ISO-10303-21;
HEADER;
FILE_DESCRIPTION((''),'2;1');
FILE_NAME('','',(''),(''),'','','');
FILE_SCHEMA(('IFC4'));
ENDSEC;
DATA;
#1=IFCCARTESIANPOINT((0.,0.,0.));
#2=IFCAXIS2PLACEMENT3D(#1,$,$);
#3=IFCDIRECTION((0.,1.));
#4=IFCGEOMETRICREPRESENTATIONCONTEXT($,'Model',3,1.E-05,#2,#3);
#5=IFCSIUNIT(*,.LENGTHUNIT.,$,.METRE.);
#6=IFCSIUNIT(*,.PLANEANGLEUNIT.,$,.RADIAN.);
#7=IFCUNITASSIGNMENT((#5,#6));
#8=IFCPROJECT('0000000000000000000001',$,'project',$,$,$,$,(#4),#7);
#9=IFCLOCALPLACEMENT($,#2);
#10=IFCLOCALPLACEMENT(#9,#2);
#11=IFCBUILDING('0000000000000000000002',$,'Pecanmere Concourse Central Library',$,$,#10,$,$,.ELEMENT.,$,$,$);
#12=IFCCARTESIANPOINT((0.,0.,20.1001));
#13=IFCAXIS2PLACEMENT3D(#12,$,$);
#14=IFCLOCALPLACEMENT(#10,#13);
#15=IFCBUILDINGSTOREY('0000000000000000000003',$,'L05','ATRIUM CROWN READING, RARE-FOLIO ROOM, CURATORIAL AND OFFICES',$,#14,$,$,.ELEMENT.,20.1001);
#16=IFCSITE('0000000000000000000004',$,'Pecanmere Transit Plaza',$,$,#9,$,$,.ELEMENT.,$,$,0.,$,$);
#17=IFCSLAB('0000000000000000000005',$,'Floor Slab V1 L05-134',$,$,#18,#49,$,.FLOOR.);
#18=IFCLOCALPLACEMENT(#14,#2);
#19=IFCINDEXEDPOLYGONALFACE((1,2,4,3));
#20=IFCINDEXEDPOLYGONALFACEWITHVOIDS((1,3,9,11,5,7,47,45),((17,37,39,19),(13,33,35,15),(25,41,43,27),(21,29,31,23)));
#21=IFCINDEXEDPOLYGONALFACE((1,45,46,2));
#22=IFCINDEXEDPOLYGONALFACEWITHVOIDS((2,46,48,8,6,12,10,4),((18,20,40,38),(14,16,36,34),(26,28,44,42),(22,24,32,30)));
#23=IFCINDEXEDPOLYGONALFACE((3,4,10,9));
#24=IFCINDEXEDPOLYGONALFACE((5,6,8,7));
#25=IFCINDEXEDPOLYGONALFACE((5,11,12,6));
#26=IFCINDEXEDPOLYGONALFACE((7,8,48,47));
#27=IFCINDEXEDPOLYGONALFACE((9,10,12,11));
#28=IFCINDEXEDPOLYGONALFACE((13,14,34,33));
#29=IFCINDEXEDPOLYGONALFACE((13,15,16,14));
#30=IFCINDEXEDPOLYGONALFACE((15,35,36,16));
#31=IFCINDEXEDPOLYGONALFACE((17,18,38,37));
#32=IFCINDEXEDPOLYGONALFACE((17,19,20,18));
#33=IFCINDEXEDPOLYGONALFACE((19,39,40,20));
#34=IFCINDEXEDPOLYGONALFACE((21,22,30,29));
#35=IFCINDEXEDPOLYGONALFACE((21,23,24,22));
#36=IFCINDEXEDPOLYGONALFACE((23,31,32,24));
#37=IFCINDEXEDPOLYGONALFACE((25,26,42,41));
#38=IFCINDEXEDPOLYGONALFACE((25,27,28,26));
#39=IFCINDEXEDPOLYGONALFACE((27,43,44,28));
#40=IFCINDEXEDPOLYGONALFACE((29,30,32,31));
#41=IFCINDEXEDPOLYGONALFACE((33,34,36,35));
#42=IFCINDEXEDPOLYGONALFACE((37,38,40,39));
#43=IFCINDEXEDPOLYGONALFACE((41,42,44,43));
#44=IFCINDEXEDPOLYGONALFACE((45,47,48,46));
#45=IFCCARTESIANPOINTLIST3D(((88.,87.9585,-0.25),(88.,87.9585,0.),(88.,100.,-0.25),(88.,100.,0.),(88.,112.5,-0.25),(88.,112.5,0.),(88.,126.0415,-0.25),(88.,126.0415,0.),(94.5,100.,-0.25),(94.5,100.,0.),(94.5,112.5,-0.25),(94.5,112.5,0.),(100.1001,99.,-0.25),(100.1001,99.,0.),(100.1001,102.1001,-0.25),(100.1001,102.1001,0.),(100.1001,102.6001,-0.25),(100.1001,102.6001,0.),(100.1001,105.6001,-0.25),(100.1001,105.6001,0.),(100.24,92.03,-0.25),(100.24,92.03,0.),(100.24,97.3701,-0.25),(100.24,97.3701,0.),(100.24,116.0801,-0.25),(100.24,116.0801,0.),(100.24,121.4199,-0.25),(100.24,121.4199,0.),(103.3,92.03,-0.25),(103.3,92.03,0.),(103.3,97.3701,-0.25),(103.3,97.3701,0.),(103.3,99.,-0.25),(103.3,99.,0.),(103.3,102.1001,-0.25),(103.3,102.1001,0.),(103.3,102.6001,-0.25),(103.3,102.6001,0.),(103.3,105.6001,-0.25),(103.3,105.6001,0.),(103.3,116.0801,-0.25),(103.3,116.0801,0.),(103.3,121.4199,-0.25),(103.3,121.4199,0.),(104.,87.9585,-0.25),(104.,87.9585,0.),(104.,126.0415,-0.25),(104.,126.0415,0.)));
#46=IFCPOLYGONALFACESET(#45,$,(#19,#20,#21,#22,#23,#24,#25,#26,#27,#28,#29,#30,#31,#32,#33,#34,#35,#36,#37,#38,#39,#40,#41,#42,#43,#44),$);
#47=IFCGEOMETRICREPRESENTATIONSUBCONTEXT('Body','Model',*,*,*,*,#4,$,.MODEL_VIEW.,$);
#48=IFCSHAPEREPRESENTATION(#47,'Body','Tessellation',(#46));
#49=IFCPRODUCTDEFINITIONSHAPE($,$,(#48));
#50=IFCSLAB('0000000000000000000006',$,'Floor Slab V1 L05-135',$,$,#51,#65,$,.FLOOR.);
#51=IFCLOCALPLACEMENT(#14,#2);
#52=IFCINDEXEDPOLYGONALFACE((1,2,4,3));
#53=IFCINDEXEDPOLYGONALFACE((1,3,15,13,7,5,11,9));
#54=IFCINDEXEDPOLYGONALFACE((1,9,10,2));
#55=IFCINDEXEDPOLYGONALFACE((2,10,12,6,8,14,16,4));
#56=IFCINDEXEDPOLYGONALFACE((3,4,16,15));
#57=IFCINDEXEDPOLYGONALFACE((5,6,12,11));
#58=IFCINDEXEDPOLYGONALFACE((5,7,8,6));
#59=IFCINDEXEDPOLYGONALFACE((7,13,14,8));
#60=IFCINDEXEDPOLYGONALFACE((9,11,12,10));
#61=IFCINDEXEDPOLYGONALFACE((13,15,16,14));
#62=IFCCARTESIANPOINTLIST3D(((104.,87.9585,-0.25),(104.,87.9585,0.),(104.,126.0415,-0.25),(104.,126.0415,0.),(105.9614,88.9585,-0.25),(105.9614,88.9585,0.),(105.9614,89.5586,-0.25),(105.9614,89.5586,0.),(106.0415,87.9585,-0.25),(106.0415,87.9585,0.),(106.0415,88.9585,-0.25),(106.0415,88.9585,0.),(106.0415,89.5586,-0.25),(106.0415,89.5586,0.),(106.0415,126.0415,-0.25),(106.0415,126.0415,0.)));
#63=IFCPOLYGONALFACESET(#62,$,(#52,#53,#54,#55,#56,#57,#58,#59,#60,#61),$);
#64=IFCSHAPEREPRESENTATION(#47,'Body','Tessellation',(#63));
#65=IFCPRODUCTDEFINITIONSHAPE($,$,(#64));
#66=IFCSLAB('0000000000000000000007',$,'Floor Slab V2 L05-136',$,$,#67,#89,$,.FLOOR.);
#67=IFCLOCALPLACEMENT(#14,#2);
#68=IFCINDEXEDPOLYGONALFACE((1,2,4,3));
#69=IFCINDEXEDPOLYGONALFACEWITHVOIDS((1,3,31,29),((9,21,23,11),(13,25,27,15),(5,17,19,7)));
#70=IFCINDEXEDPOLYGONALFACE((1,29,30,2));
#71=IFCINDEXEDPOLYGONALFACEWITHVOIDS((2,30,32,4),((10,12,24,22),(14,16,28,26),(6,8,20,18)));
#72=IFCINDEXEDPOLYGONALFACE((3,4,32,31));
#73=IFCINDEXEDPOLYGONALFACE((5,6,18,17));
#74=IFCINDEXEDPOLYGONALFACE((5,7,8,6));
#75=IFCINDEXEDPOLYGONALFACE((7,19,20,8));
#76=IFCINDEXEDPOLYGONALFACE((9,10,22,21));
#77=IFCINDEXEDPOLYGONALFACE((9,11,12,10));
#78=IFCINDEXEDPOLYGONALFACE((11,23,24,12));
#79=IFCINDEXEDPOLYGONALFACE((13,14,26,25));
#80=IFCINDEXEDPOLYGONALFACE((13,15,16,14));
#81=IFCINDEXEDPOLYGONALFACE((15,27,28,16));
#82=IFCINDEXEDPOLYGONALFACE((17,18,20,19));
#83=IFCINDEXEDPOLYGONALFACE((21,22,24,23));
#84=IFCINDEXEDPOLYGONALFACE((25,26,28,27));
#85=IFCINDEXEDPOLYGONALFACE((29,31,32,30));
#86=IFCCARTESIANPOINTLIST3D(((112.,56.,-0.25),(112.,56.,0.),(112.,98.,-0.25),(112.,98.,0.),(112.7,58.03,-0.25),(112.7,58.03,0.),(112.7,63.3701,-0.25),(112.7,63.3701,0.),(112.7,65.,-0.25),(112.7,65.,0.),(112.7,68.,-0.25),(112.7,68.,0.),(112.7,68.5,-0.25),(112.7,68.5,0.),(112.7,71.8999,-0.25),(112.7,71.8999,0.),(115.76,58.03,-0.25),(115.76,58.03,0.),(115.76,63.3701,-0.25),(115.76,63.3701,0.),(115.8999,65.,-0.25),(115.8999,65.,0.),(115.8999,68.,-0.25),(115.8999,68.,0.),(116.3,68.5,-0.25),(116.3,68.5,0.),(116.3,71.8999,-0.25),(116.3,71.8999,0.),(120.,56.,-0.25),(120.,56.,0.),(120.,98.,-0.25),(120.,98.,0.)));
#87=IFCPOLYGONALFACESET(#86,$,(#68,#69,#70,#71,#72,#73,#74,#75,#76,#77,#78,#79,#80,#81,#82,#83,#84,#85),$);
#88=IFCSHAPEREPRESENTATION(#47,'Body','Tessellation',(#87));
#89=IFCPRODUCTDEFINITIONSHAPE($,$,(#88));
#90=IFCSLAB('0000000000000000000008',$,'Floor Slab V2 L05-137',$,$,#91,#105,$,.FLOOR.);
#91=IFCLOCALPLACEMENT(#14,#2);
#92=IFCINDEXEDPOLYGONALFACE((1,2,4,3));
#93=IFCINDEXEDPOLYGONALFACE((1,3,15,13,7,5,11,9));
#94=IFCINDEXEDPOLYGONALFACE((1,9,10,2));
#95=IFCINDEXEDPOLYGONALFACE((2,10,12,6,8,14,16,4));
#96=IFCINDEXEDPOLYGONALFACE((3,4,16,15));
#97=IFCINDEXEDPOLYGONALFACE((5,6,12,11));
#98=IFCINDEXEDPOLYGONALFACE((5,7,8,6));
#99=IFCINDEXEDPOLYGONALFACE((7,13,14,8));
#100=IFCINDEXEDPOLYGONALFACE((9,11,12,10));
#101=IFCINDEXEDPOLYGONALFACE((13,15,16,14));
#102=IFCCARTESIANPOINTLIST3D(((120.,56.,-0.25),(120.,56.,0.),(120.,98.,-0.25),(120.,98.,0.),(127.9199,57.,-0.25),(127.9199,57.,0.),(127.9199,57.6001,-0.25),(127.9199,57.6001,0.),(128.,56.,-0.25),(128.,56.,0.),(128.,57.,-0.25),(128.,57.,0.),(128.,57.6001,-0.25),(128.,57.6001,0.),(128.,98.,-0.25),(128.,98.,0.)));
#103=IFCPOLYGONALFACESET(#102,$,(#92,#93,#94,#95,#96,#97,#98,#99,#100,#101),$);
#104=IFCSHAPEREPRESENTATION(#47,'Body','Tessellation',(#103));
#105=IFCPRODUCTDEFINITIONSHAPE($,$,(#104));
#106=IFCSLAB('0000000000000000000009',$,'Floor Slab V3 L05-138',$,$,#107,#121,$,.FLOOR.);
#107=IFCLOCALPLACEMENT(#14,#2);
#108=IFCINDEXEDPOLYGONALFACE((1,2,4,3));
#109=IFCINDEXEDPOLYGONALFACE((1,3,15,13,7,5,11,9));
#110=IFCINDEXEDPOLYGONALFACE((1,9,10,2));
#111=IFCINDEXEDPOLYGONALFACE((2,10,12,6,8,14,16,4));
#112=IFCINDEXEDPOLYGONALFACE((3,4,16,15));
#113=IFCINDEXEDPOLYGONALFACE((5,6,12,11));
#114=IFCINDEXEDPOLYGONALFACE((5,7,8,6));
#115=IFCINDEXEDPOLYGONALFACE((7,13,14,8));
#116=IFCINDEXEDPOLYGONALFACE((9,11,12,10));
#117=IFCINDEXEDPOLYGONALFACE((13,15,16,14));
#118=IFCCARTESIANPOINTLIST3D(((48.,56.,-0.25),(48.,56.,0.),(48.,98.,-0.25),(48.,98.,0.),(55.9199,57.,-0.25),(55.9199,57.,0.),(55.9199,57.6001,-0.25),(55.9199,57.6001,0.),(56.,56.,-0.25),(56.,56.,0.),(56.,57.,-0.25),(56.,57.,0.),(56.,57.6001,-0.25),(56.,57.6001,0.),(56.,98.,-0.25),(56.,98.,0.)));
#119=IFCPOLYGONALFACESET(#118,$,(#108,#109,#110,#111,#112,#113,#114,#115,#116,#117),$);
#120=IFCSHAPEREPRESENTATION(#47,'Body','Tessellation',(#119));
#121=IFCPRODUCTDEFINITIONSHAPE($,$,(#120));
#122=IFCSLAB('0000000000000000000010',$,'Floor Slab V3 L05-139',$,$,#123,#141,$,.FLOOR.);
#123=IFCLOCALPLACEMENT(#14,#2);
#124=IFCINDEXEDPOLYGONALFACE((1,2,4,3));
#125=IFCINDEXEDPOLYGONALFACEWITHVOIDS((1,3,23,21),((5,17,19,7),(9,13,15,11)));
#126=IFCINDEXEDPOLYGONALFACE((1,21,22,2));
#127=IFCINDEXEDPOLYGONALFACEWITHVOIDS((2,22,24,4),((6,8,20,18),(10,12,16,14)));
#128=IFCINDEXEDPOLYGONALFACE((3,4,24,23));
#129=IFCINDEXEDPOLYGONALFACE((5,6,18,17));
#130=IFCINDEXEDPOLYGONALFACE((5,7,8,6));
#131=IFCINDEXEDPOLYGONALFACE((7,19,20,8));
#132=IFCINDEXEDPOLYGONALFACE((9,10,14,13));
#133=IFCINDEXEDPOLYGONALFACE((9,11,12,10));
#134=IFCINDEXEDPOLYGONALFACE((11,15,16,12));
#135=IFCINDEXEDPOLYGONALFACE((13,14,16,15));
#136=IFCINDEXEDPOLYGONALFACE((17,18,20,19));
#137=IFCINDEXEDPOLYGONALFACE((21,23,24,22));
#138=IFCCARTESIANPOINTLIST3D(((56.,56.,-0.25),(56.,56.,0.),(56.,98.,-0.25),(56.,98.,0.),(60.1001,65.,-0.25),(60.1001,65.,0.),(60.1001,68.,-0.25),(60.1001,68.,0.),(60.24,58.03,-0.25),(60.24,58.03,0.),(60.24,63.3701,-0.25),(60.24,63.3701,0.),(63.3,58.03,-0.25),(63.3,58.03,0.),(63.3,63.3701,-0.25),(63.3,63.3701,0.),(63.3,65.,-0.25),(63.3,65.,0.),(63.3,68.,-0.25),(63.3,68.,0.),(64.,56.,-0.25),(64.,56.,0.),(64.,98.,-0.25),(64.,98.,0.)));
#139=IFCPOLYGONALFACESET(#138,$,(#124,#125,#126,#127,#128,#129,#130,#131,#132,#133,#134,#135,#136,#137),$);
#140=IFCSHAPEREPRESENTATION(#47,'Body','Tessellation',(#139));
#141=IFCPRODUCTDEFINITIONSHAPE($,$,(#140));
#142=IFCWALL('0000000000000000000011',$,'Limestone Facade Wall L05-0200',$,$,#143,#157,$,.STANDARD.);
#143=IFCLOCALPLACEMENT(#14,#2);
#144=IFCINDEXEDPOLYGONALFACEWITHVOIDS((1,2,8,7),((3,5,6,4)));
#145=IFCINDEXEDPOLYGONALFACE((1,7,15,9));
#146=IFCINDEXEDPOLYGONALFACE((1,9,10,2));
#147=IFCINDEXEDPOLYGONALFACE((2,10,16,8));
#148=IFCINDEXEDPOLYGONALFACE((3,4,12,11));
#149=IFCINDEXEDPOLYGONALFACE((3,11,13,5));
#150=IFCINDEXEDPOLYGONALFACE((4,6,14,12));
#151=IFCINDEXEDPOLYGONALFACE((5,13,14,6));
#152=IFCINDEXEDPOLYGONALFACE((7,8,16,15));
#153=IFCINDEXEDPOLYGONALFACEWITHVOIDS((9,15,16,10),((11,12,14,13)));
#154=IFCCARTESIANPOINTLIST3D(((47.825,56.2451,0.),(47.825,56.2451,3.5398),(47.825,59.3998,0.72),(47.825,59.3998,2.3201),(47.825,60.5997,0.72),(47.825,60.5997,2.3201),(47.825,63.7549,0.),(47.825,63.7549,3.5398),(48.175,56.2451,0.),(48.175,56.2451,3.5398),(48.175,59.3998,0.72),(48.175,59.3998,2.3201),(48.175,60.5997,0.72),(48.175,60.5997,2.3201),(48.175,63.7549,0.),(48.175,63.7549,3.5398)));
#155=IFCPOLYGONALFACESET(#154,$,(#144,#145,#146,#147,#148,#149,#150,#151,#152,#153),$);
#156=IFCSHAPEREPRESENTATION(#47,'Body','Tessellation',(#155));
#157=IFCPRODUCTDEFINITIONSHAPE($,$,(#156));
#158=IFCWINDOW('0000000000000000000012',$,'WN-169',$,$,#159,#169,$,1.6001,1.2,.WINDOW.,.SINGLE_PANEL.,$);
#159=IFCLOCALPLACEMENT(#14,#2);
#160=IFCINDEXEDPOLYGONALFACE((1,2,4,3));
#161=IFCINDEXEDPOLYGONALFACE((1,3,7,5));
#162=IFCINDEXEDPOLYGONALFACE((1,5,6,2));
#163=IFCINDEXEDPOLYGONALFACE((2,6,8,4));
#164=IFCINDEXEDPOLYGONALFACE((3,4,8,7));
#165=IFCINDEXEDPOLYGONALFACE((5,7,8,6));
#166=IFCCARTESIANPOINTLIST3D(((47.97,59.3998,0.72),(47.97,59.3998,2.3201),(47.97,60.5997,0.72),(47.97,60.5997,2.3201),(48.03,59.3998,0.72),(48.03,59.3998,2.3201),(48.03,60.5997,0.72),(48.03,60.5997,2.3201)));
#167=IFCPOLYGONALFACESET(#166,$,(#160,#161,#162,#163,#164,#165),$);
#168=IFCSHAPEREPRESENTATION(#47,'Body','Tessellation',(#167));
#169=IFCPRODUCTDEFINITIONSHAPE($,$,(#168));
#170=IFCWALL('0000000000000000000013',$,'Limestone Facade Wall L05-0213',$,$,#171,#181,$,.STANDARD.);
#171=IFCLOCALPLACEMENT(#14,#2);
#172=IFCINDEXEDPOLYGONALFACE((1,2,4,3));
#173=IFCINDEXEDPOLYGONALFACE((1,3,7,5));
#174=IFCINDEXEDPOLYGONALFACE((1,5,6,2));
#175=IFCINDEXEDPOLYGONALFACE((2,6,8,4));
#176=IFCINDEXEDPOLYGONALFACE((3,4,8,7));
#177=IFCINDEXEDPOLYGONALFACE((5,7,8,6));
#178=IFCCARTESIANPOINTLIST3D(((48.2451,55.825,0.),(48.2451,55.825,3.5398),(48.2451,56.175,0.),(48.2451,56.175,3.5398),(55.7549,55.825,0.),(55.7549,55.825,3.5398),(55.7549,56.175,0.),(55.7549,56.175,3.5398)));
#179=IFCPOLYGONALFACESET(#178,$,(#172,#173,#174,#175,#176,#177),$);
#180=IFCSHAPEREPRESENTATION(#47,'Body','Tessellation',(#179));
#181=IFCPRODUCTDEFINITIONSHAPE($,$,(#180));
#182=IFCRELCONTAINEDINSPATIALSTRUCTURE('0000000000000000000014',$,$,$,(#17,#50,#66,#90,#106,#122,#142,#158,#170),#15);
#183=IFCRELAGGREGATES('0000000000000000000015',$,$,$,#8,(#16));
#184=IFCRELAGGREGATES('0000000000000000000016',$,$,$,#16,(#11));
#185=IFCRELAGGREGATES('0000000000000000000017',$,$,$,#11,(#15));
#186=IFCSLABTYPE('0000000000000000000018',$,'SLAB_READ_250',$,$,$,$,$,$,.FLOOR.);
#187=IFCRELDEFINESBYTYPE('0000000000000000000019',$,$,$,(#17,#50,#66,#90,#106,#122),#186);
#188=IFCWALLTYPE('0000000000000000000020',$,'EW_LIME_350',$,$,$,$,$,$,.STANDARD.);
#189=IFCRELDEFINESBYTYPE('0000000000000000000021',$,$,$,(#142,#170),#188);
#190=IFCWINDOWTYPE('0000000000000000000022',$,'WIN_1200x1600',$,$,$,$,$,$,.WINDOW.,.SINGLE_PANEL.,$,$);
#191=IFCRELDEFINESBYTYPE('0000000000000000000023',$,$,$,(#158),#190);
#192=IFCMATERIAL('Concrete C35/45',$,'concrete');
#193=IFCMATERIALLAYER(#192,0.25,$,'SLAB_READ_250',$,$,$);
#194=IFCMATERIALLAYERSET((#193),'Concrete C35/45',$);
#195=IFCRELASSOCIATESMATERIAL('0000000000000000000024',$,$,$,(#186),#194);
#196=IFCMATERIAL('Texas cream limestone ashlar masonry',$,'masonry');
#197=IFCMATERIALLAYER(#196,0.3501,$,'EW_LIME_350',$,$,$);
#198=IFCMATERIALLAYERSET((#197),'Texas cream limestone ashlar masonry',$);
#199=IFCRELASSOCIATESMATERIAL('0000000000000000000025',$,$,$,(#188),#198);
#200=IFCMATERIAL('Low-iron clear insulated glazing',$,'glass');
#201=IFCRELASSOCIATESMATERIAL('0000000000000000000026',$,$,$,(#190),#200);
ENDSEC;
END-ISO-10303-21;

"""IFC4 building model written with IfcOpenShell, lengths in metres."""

from ifc_helpers import new_model, si_unit, direction, frame, frame_2d, origin, place, context, subcontext, project, spatial, polyline, rectangle, outline, extrude, material, layer, layer_set, type_object, element, fill, save


model = new_model("IFC4")

# Units and contexts
model_context = context("Model", 3, precision=1e-05, world=origin(), true_north=direction((0.0, 1.0)))
body_context = subcontext(model_context, "Body", "Model", "MODEL_VIEW")
ifc_project = project(units=[si_unit("LENGTHUNIT", "METRE"), si_unit("PLANEANGLEUNIT", "RADIAN")], contexts=[model_context])

# Site, building, storey
site_placement = place(None, origin())
site = spatial("IfcSite", under=ifc_project, at=site_placement, Name="Pecanmere Transit Plaza", CompositionType="ELEMENT", RefElevation=0.0)
building_placement = place(site_placement, origin())
building = spatial("IfcBuilding", under=site, at=building_placement, Name="Pecanmere Concourse Central Library", CompositionType="ELEMENT")
storey_placement = place(building_placement, frame((0.0, 0.0, 20.1001)))
storey = spatial("IfcBuildingStorey", under=building, at=storey_placement, Name="L05", Description="ATRIUM CROWN READING, RARE-FOLIO ROOM, CURATORIAL AND OFFICES", CompositionType="ELEMENT", Elevation=20.1001)

# Slabs
ifc_material_1 = material(Name="Concrete C35/45", Category="concrete")
ifc_layer_1 = layer(ifc_material_1, 0.25, Name="SLAB_READ_250")
ifc_layer_set_1 = layer_set([ifc_layer_1], Name="Concrete C35/45")
slab_type_1 = type_object("IfcSlabType", Name="SLAB_READ_250", PredefinedType="FLOOR", material=ifc_layer_set_1)
slab_1_placement = place(storey_placement, frame((0.0, 0.0, -0.25)))
element("IfcSlab", 1, at=slab_1_placement, inside=storey, type_object=slab_type_1, Name="Floor Slab V1 L05-134", PredefinedType="FLOOR", context=body_context, shape_type="SweptSolid", body=[
    extrude(outline(polyline([(88.0, 87.9585), (88.0, 100.0), (94.5, 100.0), (94.5, 112.5), (88.0, 112.5), (88.0, 126.0415), (104.0, 126.0415), (104.0, 87.9585), (88.0, 87.9585)]), holes=[polyline([(103.3, 97.3701), (100.24, 97.3701), (100.24, 92.03), (103.3, 92.03), (103.3, 97.3701)]), polyline([(103.3, 102.1001), (100.1001, 102.1001), (100.1001, 99.0), (103.3, 99.0), (103.3, 102.1001)]), polyline([(103.3, 105.6001), (100.1001, 105.6001), (100.1001, 102.6001), (103.3, 102.6001), (103.3, 105.6001)]), polyline([(103.3, 121.4199), (100.24, 121.4199), (100.24, 116.0801), (103.3, 116.0801), (103.3, 121.4199)])]), origin(), (0.0, 0.0, 1.0), 0.25),
])
slab_2_placement = place(storey_placement, frame((0.0, 0.0, -0.25)))
element("IfcSlab", 2, at=slab_2_placement, inside=storey, type_object=slab_type_1, Name="Floor Slab V1 L05-135", PredefinedType="FLOOR", context=body_context, shape_type="SweptSolid", body=[
    extrude(outline(polyline([(104.0, 126.0415), (106.0415, 126.0415), (106.0415, 89.5586), (105.9614, 89.5586), (105.9614, 88.9585), (106.0415, 88.9585), (106.0415, 87.9585), (104.0, 87.9585), (104.0, 126.0415)])), origin(), (0.0, 0.0, 1.0), 0.25),
])
slab_3_placement = place(storey_placement, frame((0.0, 0.0, -0.25)))
element("IfcSlab", 3, at=slab_3_placement, inside=storey, type_object=slab_type_1, Name="Floor Slab V2 L05-136", PredefinedType="FLOOR", context=body_context, shape_type="SweptSolid", body=[
    extrude(outline(polyline([(120.0, 56.0), (112.0, 56.0), (112.0, 98.0), (120.0, 98.0), (120.0, 56.0)]), holes=[polyline([(112.7, 63.3701), (112.7, 58.03), (115.76, 58.03), (115.76, 63.3701), (112.7, 63.3701)]), polyline([(115.8999, 68.0), (112.7, 68.0), (112.7, 65.0), (115.8999, 65.0), (115.8999, 68.0)]), polyline([(116.3, 71.8999), (112.7, 71.8999), (112.7, 68.5), (116.3, 68.5), (116.3, 71.8999)])]), origin(), (0.0, 0.0, 1.0), 0.25),
])
slab_4_placement = place(storey_placement, frame((0.0, 0.0, -0.25)))
element("IfcSlab", 4, at=slab_4_placement, inside=storey, type_object=slab_type_1, Name="Floor Slab V2 L05-137", PredefinedType="FLOOR", context=body_context, shape_type="SweptSolid", body=[
    extrude(outline(polyline([(120.0, 98.0), (128.0, 98.0), (128.0, 57.6001), (127.9199, 57.6001), (127.9199, 57.0), (128.0, 57.0), (128.0, 56.0), (120.0, 56.0), (120.0, 98.0)])), origin(), (0.0, 0.0, 1.0), 0.25),
])
slab_5_placement = place(storey_placement, frame((0.0, 0.0, -0.25)))
element("IfcSlab", 5, at=slab_5_placement, inside=storey, type_object=slab_type_1, Name="Floor Slab V3 L05-138", PredefinedType="FLOOR", context=body_context, shape_type="SweptSolid", body=[
    extrude(outline(polyline([(48.0, 56.0), (48.0, 98.0), (56.0, 98.0), (56.0, 57.6001), (55.9199, 57.6001), (55.9199, 57.0), (56.0, 57.0), (56.0, 56.0), (48.0, 56.0)])), origin(), (0.0, 0.0, 1.0), 0.25),
])
slab_6_placement = place(storey_placement, frame((0.0, 0.0, -0.25)))
element("IfcSlab", 6, at=slab_6_placement, inside=storey, type_object=slab_type_1, Name="Floor Slab V3 L05-139", PredefinedType="FLOOR", context=body_context, shape_type="SweptSolid", body=[
    extrude(outline(polyline([(56.0, 56.0), (56.0, 98.0), (64.0, 98.0), (64.0, 56.0), (56.0, 56.0)]), holes=[polyline([(60.24, 63.3701), (60.24, 58.03), (63.3, 58.03), (63.3, 63.3701), (60.24, 63.3701)]), polyline([(63.3, 68.0), (60.1001, 68.0), (60.1001, 65.0), (63.3, 65.0), (63.3, 68.0)])]), origin(), (0.0, 0.0, 1.0), 0.25),
])

# Wall, opening, window
ifc_material_2 = material(Name="Texas cream limestone ashlar masonry", Category="masonry")
ifc_layer_2 = layer(ifc_material_2, 0.3501, Name="EW_LIME_350")
ifc_layer_set_2 = layer_set([ifc_layer_2], Name="Texas cream limestone ashlar masonry")
wall_type = type_object("IfcWallType", Name="EW_LIME_350", PredefinedType="STANDARD", material=ifc_layer_set_2)
wall_placement = place(storey_placement, frame((48.0, 63.7549, 0.0), z_axis=(0.0, 0.0, 1.0), x_axis=(0.0, -1.0, 0.0)))
wall = element("IfcWall", 7, at=wall_placement, inside=storey, type_object=wall_type, Name="Limestone Facade Wall L05-0200", PredefinedType="STANDARD", context=body_context, shape_type="SweptSolid", body=[
    extrude(rectangle(XDim=7.5098, YDim=0.3501, at=frame_2d((3.7549, 0.0))), origin(), (0.0, 0.0, 1.0), 3.5398),
])
opening_placement = place(wall_placement, frame((3.155, 0.0, 0.72)))
opening = element("IfcOpeningElement", 8, at=opening_placement, cuts=wall, PredefinedType="OPENING", context=body_context, shape_type="SweptSolid", body=[
    extrude(rectangle(XDim=1.2, YDim=1.6001, at=frame_2d((0.6001, 0.8))), frame((0.0, 0.187, 0.0), z_axis=(0.0, -1.0, 0.0), x_axis=(1.0, 0.0, 0.0)), (0.0, 0.0, 1.0), 0.374),
])
ifc_material_3 = material(Name="Low-iron clear insulated glazing", Category="glass")
window_type = type_object("IfcWindowType", Name="WIN_1200x1600", PartitioningType="SINGLE_PANEL", PredefinedType="WINDOW", material=ifc_material_3)
window_placement = place(opening_placement, origin())
window = element("IfcWindow", 9, at=window_placement, inside=storey, type_object=window_type, Name="WN-169", OverallHeight=1.6001, OverallWidth=1.2, PartitioningType="SINGLE_PANEL", PredefinedType="WINDOW", context=body_context, shape_type="SweptSolid", body=[
    extrude(rectangle(XDim=1.2, YDim=1.6001, at=frame_2d((0.6001, 0.8))), frame((0.0, 0.03, 0.0), z_axis=(0.0, -1.0, 0.0), x_axis=(1.0, 0.0, 0.0)), (0.0, 0.0, 1.0), 0.0601),
])
fill(opening, window)

# Wall
for number, where, z_axis, x_axis, name in (
    (10, (48.2451, 56.0, 0.0), (0.0, 0.0, 1.0), (1.0, 0.0, 0.0), "Limestone Facade Wall L05-0213"),
):
    element("IfcWall", number, at=place(storey_placement, frame(where, z_axis=z_axis, x_axis=x_axis)), inside=storey, type_object=wall_type, Name=name, PredefinedType="STANDARD", context=body_context, shape_type="SweptSolid", body=[
        extrude(rectangle(XDim=7.5098, YDim=0.3501, at=frame_2d((3.7549, 0.0))), origin(), (0.0, 0.0, 1.0), 3.5398),
    ])

save(model, "model.ifc")
